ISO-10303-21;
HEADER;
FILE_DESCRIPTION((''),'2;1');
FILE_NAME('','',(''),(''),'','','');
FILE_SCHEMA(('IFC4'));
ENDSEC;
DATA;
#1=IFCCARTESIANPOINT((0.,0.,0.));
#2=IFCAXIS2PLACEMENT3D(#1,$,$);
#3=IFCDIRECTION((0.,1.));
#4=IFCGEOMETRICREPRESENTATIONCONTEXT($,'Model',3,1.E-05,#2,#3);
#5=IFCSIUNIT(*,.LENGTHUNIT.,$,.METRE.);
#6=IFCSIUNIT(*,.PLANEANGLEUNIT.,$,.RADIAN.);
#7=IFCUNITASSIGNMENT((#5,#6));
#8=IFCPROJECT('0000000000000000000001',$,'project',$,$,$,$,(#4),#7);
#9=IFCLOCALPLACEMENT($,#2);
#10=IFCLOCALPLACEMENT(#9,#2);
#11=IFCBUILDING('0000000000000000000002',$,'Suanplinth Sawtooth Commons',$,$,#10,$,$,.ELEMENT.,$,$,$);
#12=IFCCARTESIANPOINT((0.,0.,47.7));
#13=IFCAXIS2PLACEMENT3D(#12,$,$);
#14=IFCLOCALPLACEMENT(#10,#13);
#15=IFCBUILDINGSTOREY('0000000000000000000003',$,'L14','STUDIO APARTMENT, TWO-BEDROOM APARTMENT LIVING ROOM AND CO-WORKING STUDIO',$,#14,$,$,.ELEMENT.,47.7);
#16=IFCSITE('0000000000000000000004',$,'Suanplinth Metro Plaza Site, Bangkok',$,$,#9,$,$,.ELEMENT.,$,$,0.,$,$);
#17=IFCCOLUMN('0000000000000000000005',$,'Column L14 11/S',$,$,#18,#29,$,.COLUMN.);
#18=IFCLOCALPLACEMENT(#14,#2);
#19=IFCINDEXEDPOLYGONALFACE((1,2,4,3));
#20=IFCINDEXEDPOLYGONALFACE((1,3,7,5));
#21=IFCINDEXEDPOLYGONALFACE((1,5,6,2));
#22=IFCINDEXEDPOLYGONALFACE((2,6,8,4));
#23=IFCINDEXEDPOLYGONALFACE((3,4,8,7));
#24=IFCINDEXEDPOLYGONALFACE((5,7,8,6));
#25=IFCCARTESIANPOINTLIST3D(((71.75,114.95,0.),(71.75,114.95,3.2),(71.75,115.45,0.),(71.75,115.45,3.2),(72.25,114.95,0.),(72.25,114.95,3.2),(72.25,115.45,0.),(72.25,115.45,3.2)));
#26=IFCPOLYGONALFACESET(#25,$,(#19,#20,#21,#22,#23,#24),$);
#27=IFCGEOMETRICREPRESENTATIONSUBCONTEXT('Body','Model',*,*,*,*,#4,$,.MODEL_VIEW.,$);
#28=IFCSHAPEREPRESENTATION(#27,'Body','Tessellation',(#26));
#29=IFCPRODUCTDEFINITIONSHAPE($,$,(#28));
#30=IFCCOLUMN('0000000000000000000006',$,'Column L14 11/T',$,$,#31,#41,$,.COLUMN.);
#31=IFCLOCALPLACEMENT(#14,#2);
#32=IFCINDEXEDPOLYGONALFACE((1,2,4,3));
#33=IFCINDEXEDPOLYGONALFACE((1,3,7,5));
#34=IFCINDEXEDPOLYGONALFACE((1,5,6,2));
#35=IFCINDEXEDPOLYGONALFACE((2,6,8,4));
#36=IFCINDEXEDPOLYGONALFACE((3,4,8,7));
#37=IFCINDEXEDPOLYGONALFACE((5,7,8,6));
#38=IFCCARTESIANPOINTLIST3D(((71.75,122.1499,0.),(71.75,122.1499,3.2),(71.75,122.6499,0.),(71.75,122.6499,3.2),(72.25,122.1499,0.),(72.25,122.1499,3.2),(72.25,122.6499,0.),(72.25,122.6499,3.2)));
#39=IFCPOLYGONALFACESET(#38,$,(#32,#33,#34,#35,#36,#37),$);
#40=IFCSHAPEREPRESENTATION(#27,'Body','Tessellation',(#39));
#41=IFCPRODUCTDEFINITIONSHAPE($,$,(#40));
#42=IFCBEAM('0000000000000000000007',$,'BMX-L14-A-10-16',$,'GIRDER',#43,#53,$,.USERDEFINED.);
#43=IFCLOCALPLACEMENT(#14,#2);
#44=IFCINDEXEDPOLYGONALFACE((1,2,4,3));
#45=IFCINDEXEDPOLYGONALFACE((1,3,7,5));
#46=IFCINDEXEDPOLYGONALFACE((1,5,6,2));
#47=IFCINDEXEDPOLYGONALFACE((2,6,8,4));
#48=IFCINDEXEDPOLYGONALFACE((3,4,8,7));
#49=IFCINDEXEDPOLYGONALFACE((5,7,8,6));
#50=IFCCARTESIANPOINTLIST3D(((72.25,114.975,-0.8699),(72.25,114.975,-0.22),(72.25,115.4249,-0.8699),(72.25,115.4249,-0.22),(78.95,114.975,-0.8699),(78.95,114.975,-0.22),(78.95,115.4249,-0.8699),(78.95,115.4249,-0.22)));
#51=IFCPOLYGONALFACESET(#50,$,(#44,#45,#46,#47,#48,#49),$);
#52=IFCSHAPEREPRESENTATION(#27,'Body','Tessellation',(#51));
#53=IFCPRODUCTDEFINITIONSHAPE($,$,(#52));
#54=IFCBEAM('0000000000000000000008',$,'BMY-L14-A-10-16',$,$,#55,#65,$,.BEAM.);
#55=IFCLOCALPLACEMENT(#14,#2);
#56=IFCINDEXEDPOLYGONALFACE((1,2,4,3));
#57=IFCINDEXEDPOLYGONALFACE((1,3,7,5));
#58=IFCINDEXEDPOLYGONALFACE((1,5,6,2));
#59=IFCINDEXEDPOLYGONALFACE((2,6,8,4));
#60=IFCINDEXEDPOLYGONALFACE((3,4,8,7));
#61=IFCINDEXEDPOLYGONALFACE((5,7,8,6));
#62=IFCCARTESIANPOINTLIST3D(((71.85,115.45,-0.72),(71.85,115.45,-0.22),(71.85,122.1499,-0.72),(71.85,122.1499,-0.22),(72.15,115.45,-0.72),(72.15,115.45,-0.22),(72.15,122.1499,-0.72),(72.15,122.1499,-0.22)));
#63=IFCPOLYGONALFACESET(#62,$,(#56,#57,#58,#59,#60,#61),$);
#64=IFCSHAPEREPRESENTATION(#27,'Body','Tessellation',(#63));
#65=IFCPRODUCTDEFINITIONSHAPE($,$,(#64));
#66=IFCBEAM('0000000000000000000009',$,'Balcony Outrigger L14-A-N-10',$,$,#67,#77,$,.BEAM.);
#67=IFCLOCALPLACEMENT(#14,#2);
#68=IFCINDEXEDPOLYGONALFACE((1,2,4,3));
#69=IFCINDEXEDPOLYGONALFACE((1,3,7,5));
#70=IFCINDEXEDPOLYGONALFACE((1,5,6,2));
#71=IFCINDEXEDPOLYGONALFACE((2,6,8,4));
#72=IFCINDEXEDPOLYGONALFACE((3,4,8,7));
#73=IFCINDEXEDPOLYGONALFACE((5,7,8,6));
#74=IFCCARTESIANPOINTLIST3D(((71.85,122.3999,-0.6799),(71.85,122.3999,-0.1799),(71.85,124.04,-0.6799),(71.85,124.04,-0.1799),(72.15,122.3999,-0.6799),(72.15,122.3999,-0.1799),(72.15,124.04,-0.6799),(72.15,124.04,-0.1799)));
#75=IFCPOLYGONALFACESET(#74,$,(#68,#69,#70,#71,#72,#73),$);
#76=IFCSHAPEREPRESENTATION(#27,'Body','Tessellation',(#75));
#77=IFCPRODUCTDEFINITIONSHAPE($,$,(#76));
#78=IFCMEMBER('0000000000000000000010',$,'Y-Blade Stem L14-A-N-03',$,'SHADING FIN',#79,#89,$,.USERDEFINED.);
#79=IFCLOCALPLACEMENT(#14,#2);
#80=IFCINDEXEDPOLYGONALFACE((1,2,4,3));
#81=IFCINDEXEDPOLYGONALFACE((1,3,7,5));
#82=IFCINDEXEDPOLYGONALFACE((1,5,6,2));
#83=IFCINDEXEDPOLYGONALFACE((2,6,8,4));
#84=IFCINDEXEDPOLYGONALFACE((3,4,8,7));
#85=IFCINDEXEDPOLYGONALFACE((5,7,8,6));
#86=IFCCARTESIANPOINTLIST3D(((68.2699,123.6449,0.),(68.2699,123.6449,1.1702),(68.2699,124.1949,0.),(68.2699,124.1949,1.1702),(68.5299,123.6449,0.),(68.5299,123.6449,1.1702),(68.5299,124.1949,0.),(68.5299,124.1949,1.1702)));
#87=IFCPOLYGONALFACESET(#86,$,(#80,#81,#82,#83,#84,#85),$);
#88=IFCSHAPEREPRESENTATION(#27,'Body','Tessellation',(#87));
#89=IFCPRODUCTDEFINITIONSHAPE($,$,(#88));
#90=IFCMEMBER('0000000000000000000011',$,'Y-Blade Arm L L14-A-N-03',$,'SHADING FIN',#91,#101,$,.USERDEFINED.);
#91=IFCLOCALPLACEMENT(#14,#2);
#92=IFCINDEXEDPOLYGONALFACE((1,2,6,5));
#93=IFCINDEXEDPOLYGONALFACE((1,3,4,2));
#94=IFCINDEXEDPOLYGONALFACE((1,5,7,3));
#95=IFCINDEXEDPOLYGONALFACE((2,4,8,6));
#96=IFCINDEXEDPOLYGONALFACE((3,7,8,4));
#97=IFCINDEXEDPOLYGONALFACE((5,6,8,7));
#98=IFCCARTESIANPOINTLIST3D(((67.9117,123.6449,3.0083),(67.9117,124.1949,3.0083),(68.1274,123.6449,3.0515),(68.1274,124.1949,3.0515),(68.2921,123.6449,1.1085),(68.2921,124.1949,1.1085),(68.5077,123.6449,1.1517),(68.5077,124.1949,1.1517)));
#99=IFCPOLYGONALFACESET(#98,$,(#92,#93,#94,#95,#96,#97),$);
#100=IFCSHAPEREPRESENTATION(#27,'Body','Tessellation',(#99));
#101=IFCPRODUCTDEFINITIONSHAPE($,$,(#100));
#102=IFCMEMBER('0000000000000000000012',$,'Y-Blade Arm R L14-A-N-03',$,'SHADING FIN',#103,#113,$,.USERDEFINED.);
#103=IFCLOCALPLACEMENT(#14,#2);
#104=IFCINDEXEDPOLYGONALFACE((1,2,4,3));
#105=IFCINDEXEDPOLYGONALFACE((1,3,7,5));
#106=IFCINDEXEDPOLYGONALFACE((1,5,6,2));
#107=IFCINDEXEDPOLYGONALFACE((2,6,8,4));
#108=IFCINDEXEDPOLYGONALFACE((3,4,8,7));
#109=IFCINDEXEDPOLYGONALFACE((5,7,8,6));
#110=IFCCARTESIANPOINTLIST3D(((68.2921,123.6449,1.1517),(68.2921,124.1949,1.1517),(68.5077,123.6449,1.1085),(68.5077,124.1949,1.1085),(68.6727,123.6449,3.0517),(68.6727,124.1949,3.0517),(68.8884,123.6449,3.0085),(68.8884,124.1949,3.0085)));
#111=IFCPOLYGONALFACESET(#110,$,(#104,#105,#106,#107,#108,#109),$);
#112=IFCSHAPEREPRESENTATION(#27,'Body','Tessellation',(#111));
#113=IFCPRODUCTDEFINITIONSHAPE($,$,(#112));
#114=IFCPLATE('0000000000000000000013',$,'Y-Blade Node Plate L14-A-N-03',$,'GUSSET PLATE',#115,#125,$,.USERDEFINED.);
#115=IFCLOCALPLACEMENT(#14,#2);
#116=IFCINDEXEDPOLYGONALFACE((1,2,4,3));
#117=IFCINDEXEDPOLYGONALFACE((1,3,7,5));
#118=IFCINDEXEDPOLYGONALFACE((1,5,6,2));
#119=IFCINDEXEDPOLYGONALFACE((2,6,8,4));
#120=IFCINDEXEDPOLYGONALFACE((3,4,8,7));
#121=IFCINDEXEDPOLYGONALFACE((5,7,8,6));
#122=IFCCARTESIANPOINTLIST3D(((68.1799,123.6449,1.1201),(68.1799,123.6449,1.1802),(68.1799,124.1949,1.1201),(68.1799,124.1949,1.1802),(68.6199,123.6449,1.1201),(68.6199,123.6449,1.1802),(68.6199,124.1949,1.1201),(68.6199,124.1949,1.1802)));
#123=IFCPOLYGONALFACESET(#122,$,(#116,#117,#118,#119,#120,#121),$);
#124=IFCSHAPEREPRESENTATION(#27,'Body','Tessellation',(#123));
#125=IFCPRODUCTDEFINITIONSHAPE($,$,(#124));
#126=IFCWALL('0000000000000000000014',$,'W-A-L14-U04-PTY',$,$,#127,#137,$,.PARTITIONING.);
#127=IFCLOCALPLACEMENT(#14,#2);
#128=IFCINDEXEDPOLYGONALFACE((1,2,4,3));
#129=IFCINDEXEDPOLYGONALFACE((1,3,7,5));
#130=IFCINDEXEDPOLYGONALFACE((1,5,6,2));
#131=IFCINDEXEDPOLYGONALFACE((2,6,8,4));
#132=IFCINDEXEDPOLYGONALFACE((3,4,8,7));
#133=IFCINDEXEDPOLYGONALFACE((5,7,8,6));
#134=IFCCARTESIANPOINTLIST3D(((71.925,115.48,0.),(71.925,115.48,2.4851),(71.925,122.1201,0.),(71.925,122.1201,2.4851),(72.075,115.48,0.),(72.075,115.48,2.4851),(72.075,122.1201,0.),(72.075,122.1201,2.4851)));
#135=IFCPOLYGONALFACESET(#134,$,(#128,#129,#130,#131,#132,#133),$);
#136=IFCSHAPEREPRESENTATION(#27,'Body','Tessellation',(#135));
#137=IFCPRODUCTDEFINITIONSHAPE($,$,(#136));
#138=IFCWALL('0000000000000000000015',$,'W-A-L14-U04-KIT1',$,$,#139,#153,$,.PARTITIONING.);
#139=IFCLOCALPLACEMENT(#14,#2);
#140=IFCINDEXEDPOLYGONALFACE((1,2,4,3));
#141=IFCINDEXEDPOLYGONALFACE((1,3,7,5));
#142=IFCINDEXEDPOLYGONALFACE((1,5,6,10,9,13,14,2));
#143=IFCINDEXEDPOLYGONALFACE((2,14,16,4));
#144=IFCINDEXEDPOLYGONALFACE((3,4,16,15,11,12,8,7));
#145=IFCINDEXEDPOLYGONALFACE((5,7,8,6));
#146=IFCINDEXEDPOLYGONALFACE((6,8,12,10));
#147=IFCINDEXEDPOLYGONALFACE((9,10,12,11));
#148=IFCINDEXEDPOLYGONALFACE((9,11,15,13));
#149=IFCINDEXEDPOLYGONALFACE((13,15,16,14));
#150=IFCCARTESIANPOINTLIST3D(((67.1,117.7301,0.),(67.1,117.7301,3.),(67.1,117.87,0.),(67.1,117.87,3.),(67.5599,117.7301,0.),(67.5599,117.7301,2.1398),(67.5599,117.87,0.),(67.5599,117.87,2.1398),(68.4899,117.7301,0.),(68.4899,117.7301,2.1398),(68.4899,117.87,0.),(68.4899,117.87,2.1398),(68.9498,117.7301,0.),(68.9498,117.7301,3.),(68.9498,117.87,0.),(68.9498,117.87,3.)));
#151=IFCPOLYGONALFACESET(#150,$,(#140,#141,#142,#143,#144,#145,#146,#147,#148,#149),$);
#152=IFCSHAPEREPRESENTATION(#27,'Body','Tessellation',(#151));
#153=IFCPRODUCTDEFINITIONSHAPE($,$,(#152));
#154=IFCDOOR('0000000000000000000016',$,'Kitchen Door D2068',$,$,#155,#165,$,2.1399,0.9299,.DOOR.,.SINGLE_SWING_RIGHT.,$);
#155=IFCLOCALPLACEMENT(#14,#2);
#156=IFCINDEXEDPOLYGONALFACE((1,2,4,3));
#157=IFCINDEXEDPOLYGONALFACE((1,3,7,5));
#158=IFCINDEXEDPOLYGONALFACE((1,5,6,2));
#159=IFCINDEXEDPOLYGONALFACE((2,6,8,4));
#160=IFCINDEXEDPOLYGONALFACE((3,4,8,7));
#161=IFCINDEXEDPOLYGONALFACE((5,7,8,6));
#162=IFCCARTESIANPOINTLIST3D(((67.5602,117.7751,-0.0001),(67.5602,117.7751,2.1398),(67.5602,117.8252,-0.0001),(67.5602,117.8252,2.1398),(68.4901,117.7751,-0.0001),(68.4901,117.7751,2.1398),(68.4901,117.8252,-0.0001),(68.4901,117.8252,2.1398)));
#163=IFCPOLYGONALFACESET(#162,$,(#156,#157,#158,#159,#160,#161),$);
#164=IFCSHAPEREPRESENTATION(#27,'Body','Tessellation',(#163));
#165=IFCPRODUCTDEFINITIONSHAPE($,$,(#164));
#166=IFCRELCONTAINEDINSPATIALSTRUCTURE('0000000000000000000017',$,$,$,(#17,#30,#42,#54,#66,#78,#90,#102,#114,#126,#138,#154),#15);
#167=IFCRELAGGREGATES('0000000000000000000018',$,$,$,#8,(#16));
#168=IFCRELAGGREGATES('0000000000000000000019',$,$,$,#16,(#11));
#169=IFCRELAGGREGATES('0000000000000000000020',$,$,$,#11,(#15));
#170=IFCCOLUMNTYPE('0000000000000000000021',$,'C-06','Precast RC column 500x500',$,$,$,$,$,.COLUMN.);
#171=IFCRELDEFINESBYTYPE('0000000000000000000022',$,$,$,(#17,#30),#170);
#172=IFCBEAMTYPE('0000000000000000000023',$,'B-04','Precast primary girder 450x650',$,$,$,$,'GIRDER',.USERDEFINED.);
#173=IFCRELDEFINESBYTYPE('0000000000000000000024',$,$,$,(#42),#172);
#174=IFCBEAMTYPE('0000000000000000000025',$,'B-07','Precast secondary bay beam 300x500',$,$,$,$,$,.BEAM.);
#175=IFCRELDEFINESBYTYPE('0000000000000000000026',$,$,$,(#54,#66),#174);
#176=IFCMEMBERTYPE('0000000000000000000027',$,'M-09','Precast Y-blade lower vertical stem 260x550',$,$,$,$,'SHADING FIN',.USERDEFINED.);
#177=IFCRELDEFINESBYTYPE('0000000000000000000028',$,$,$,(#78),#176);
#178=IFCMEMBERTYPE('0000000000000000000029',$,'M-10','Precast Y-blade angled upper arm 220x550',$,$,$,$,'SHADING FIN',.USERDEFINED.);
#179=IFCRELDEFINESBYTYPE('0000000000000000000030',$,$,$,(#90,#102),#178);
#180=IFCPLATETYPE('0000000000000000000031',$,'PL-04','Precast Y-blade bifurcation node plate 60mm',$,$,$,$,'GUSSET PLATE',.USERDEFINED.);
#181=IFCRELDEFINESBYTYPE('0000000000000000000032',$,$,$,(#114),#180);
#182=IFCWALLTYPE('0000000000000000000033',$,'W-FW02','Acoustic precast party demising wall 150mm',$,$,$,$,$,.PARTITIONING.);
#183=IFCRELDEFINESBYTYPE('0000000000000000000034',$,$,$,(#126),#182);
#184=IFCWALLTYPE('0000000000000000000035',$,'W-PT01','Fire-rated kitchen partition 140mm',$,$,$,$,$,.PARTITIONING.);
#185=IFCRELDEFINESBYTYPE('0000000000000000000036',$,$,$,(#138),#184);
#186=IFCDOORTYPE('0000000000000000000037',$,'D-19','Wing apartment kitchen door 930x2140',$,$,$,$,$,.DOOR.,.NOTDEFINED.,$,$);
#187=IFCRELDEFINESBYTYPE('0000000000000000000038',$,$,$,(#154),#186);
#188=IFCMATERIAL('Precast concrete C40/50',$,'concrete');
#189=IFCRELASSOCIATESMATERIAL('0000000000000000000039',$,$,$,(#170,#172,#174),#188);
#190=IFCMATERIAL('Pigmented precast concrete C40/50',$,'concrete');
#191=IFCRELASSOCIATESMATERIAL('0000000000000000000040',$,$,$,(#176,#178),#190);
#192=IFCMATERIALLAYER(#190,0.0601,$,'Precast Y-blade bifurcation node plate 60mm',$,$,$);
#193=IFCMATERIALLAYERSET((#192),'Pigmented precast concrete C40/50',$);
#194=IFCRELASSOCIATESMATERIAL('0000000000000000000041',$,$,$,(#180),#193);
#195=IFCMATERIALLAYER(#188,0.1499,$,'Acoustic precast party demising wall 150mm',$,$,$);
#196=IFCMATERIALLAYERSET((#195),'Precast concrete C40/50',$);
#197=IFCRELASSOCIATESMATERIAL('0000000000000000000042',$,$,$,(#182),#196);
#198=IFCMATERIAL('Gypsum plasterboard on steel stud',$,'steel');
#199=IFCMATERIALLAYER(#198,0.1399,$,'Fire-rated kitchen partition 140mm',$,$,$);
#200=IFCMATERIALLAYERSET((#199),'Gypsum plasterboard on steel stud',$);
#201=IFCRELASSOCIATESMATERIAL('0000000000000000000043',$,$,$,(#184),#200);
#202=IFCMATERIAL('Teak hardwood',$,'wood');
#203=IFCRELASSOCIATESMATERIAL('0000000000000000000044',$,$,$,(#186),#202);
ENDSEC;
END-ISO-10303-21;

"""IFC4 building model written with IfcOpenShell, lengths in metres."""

from ifc_helpers import new_model, si_unit, direction, frame, frame_2d, origin, origin_2d, place, context, subcontext, project, spatial, rectangle, extrude, material, layer, layer_set, material_profile, profile_set, type_object, element, fill, save


model = new_model("IFC4")

# Units and contexts
model_context = context("Model", 3, precision=1e-05, world=origin(), true_north=direction((0.0, 1.0)))
body_context = subcontext(model_context, "Body", "Model", "MODEL_VIEW")
ifc_project = project(units=[si_unit("LENGTHUNIT", "METRE"), si_unit("PLANEANGLEUNIT", "RADIAN")], contexts=[model_context])

# Site, building, storey
site_placement = place(None, origin())
site = spatial("IfcSite", under=ifc_project, at=site_placement, Name="Suanplinth Metro Plaza Site, Bangkok", CompositionType="ELEMENT", RefElevation=0.0)
building_placement = place(site_placement, origin())
building = spatial("IfcBuilding", under=site, at=building_placement, Name="Suanplinth Sawtooth Commons", CompositionType="ELEMENT")
storey_placement = place(building_placement, frame((0.0, 0.0, 47.7)))
storey = spatial("IfcBuildingStorey", under=building, at=storey_placement, Name="L14", Description="STUDIO APARTMENT, TWO-BEDROOM APARTMENT LIVING ROOM AND CO-WORKING STUDIO", CompositionType="ELEMENT", Elevation=47.7)

# Columns
ifc_material_1 = material(Name="Precast concrete C40/50", Category="concrete")
ifc_material_profile_1 = material_profile(ifc_material_1, rectangle(XDim=0.5, YDim=0.5, at=origin_2d()), Name="PC-COL 500x500")
ifc_profile_set_1 = profile_set([ifc_material_profile_1], Name="Precast concrete C40/50")
column_type = type_object("IfcColumnType", Name="C-06", Description="Precast RC column 500x500", PredefinedType="COLUMN", material=ifc_profile_set_1)
for number, where, z_axis, x_axis, name in (
    (1, (72.0, 115.2, 0.0), (0.0, 0.0, 1.0), (1.0, 0.0, 0.0), "Column L14 11/S"),
    (2, (72.0, 122.3999, 0.0), (0.0, 0.0, 1.0), (1.0, 0.0, 0.0), "Column L14 11/T"),
):
    element("IfcColumn", number, at=place(storey_placement, frame(where, z_axis=z_axis, x_axis=x_axis)), inside=storey, type_object=column_type, Name=name, PredefinedType="COLUMN", context=body_context, shape_type="SweptSolid", body=[
        extrude(rectangle(XDim=0.5, YDim=0.5, at=origin_2d()), origin(), (0.0, 0.0, 1.0), 3.2),
    ])

# Beams
ifc_material_profile_2 = material_profile(ifc_material_1, rectangle(XDim=0.45, YDim=0.6499, at=origin_2d()), Name="PC-GDR 450x650")
ifc_profile_set_2 = profile_set([ifc_material_profile_2], Name="Precast concrete C40/50")
beam_type_1 = type_object("IfcBeamType", Name="B-04", Description="Precast primary girder 450x650", ElementType="GIRDER", PredefinedType="USERDEFINED", material=ifc_profile_set_2)
beam_1_placement = place(storey_placement, frame((72.25, 115.2, -0.5449), z_axis=(1.0, 0.0, 0.0), x_axis=(0.0, 1.0, 0.0)))
element("IfcBeam", 3, at=beam_1_placement, inside=storey, type_object=beam_type_1, Name="BMX-L14-A-10-16", ObjectType="GIRDER", PredefinedType="USERDEFINED", context=body_context, shape_type="SweptSolid", body=[
    extrude(rectangle(XDim=0.45, YDim=0.6499, at=origin_2d()), origin(), (0.0, 0.0, 1.0), 6.7),
])
ifc_material_profile_3 = material_profile(ifc_material_1, rectangle(XDim=0.3, YDim=0.5, at=origin_2d()), Name="PC-BM 300x500")
ifc_profile_set_3 = profile_set([ifc_material_profile_3], Name="Precast concrete C40/50")
beam_type_2 = type_object("IfcBeamType", Name="B-07", Description="Precast secondary bay beam 300x500", PredefinedType="BEAM", material=ifc_profile_set_3)
beam_2_placement = place(storey_placement, frame((72.0, 115.45, -0.47), z_axis=(0.0, 1.0, 0.0), x_axis=(-1.0, 0.0, 0.0)))
element("IfcBeam", 4, at=beam_2_placement, inside=storey, type_object=beam_type_2, Name="BMY-L14-A-10-16", PredefinedType="BEAM", context=body_context, shape_type="SweptSolid", body=[
    extrude(rectangle(XDim=0.3, YDim=0.5, at=origin_2d()), origin(), (0.0, 0.0, 1.0), 6.7),
])
beam_3_placement = place(storey_placement, frame((72.0, 122.3999, -0.4299), z_axis=(0.0, 1.0, 0.0), x_axis=(-1.0, 0.0, 0.0)))
element("IfcBeam", 5, at=beam_3_placement, inside=storey, type_object=beam_type_2, Name="Balcony Outrigger L14-A-N-10", PredefinedType="BEAM", context=body_context, shape_type="SweptSolid", body=[
    extrude(rectangle(XDim=0.3, YDim=0.5, at=origin_2d()), origin(), (0.0, 0.0, 1.0), 1.6401),
])

# Members
ifc_material_2 = material(Name="Pigmented precast concrete C40/50", Category="concrete")
ifc_material_profile_4 = material_profile(ifc_material_2, rectangle(XDim=0.26, YDim=0.55, at=origin_2d()), Name="PC-FIN 260x550")
ifc_profile_set_4 = profile_set([ifc_material_profile_4], Name="Pigmented precast concrete C40/50")
member_type_1 = type_object("IfcMemberType", Name="M-09", Description="Precast Y-blade lower vertical stem 260x550", ElementType="SHADING FIN", PredefinedType="USERDEFINED", material=ifc_profile_set_4)
member_1_placement = place(storey_placement, frame((68.3999, 123.9199, 0.0), z_axis=(0.0, 0.0, 1.0), x_axis=(1.0, 0.0, 0.0)))
element("IfcMember", 6, at=member_1_placement, inside=storey, type_object=member_type_1, Name="Y-Blade Stem L14-A-N-03", ObjectType="SHADING FIN", PredefinedType="USERDEFINED", context=body_context, shape_type="SweptSolid", body=[
    extrude(rectangle(XDim=0.26, YDim=0.55, at=origin_2d()), origin(), (0.0, 0.0, 1.0), 1.1702),
])
ifc_material_profile_5 = material_profile(ifc_material_2, rectangle(XDim=0.22, YDim=0.55, at=origin_2d()), Name="PC-FIN 220x550")
ifc_profile_set_5 = profile_set([ifc_material_profile_5], Name="Pigmented precast concrete C40/50")
member_type_2 = type_object("IfcMemberType", Name="M-10", Description="Precast Y-blade angled upper arm 220x550", ElementType="SHADING FIN", PredefinedType="USERDEFINED", material=ifc_profile_set_5)
member_2_placement = place(storey_placement, frame((68.3999, 123.9199, 1.1301), z_axis=(-0.19631, 0.0, 0.980542), x_axis=(0.980542, 0.0, 0.19631)))
element("IfcMember", 7, at=member_2_placement, inside=storey, type_object=member_type_2, Name="Y-Blade Arm L L14-A-N-03", ObjectType="SHADING FIN", PredefinedType="USERDEFINED", context=body_context, shape_type="SweptSolid", body=[
    extrude(rectangle(XDim=0.22, YDim=0.55, at=origin_2d()), origin(), (0.0, 0.0, 1.0), 1.9375),
])
member_3_placement = place(storey_placement, frame((68.3999, 123.9199, 1.1301), z_axis=(0.196431, 0.0, 0.980518), x_axis=(-0.980518, 0.0, 0.196431)))
element("IfcMember", 8, at=member_3_placement, inside=storey, type_object=member_type_2, Name="Y-Blade Arm R L14-A-N-03", ObjectType="SHADING FIN", PredefinedType="USERDEFINED", context=body_context, shape_type="SweptSolid", body=[
    extrude(rectangle(XDim=0.22, YDim=0.55, at=origin_2d()), origin(), (0.0, 0.0, 1.0), 1.9377),
])

# Plate
ifc_layer_1 = layer(ifc_material_2, 0.0601, Name="Precast Y-blade bifurcation node plate 60mm")
ifc_layer_set_1 = layer_set([ifc_layer_1], Name="Pigmented precast concrete C40/50")
plate_type = type_object("IfcPlateType", Name="PL-04", Description="Precast Y-blade bifurcation node plate 60mm", ElementType="GUSSET PLATE", PredefinedType="USERDEFINED", material=ifc_layer_set_1)
plate_placement = place(storey_placement, frame((68.3999, 123.9199, 1.1201), z_axis=(0.0, 0.0, 1.0), x_axis=(1.0, 0.0, 0.0)))
element("IfcPlate", 9, at=plate_placement, inside=storey, type_object=plate_type, Name="Y-Blade Node Plate L14-A-N-03", ObjectType="GUSSET PLATE", PredefinedType="USERDEFINED", context=body_context, shape_type="SweptSolid", body=[
    extrude(rectangle(XDim=0.4399, YDim=0.55, at=origin_2d()), origin(), (0.0, 0.0, 1.0), 0.0601),
])

# Wall
ifc_layer_2 = layer(ifc_material_1, 0.1499, Name="Acoustic precast party demising wall 150mm")
ifc_layer_set_2 = layer_set([ifc_layer_2], Name="Precast concrete C40/50")
wall_type_1 = type_object("IfcWallType", Name="W-FW02", Description="Acoustic precast party demising wall 150mm", PredefinedType="PARTITIONING", material=ifc_layer_set_2)
wall_1_placement = place(storey_placement, frame((72.0, 115.48, 0.0), z_axis=(0.0, 0.0, 1.0), x_axis=(0.0, 1.0, 0.0)))
element("IfcWall", 10, at=wall_1_placement, inside=storey, type_object=wall_type_1, Name="W-A-L14-U04-PTY", PredefinedType="PARTITIONING", context=body_context, shape_type="SweptSolid", body=[
    extrude(rectangle(XDim=6.6401, YDim=0.1499, at=frame_2d((3.3201, 0.0))), origin(), (0.0, 0.0, 1.0), 2.4851),
])

# Wall, opening, door
ifc_material_3 = material(Name="Gypsum plasterboard on steel stud", Category="steel")
ifc_layer_3 = layer(ifc_material_3, 0.1399, Name="Fire-rated kitchen partition 140mm")
ifc_layer_set_3 = layer_set([ifc_layer_3], Name="Gypsum plasterboard on steel stud")
wall_type_2 = type_object("IfcWallType", Name="W-PT01", Description="Fire-rated kitchen partition 140mm", PredefinedType="PARTITIONING", material=ifc_layer_set_3)
wall_2_placement = place(storey_placement, frame((67.1001, 117.8, 0.0), z_axis=(0.0, 0.0, 1.0), x_axis=(1.0, 0.0, 0.0)))
wall_2 = element("IfcWall", 11, at=wall_2_placement, inside=storey, type_object=wall_type_2, Name="W-A-L14-U04-KIT1", PredefinedType="PARTITIONING", context=body_context, shape_type="SweptSolid", body=[
    extrude(rectangle(XDim=1.8499, YDim=0.1399, at=frame_2d((0.9248, 0.0))), origin(), (0.0, 0.0, 1.0), 3.0),
])
opening_1_placement = place(wall_2_placement, frame((0.46, 0.0, 0.0)))
opening_1 = element("IfcOpeningElement", 12, at=opening_1_placement, cuts=wall_2, PredefinedType="OPENING", context=body_context, shape_type="SweptSolid", body=[
    extrude(rectangle(XDim=0.9299, YDim=2.1399, at=frame_2d((0.4648, 1.0698))), frame((0.0, 0.085, 0.0), z_axis=(0.0, -1.0, 0.0), x_axis=(1.0, 0.0, 0.0)), (0.0, 0.0, 1.0), 0.1697),
])
ifc_material_4 = material(Name="Teak hardwood", Category="wood")
door_type_1 = type_object("IfcDoorType", Name="D-19", Description="Wing apartment kitchen door 930x2140", OperationType="NOTDEFINED", PredefinedType="DOOR", material=ifc_material_4)
door_1_placement = place(opening_1_placement, frame((0.9299, 0.0, 0.0), z_axis=(0.0, 0.0, 1.0), x_axis=(-1.0, 0.0, 0.0)))
door_1 = element("IfcDoor", 13, at=door_1_placement, inside=storey, type_object=door_type_1, Name="Kitchen Door D2068", OperationType="SINGLE_SWING_RIGHT", OverallHeight=2.1399, OverallWidth=0.9299, PredefinedType="DOOR", context=body_context, shape_type="SweptSolid", body=[
    extrude(rectangle(XDim=0.9299, YDim=2.1399, at=frame_2d((0.4648, 1.0698))), frame((0.0, 0.0249, 0.0), z_axis=(0.0, -1.0, 0.0), x_axis=(1.0, 0.0, 0.0)), (0.0, 0.0, 1.0), 0.05),
])
fill(opening_1, door_1)

save(model, "model.ifc")
